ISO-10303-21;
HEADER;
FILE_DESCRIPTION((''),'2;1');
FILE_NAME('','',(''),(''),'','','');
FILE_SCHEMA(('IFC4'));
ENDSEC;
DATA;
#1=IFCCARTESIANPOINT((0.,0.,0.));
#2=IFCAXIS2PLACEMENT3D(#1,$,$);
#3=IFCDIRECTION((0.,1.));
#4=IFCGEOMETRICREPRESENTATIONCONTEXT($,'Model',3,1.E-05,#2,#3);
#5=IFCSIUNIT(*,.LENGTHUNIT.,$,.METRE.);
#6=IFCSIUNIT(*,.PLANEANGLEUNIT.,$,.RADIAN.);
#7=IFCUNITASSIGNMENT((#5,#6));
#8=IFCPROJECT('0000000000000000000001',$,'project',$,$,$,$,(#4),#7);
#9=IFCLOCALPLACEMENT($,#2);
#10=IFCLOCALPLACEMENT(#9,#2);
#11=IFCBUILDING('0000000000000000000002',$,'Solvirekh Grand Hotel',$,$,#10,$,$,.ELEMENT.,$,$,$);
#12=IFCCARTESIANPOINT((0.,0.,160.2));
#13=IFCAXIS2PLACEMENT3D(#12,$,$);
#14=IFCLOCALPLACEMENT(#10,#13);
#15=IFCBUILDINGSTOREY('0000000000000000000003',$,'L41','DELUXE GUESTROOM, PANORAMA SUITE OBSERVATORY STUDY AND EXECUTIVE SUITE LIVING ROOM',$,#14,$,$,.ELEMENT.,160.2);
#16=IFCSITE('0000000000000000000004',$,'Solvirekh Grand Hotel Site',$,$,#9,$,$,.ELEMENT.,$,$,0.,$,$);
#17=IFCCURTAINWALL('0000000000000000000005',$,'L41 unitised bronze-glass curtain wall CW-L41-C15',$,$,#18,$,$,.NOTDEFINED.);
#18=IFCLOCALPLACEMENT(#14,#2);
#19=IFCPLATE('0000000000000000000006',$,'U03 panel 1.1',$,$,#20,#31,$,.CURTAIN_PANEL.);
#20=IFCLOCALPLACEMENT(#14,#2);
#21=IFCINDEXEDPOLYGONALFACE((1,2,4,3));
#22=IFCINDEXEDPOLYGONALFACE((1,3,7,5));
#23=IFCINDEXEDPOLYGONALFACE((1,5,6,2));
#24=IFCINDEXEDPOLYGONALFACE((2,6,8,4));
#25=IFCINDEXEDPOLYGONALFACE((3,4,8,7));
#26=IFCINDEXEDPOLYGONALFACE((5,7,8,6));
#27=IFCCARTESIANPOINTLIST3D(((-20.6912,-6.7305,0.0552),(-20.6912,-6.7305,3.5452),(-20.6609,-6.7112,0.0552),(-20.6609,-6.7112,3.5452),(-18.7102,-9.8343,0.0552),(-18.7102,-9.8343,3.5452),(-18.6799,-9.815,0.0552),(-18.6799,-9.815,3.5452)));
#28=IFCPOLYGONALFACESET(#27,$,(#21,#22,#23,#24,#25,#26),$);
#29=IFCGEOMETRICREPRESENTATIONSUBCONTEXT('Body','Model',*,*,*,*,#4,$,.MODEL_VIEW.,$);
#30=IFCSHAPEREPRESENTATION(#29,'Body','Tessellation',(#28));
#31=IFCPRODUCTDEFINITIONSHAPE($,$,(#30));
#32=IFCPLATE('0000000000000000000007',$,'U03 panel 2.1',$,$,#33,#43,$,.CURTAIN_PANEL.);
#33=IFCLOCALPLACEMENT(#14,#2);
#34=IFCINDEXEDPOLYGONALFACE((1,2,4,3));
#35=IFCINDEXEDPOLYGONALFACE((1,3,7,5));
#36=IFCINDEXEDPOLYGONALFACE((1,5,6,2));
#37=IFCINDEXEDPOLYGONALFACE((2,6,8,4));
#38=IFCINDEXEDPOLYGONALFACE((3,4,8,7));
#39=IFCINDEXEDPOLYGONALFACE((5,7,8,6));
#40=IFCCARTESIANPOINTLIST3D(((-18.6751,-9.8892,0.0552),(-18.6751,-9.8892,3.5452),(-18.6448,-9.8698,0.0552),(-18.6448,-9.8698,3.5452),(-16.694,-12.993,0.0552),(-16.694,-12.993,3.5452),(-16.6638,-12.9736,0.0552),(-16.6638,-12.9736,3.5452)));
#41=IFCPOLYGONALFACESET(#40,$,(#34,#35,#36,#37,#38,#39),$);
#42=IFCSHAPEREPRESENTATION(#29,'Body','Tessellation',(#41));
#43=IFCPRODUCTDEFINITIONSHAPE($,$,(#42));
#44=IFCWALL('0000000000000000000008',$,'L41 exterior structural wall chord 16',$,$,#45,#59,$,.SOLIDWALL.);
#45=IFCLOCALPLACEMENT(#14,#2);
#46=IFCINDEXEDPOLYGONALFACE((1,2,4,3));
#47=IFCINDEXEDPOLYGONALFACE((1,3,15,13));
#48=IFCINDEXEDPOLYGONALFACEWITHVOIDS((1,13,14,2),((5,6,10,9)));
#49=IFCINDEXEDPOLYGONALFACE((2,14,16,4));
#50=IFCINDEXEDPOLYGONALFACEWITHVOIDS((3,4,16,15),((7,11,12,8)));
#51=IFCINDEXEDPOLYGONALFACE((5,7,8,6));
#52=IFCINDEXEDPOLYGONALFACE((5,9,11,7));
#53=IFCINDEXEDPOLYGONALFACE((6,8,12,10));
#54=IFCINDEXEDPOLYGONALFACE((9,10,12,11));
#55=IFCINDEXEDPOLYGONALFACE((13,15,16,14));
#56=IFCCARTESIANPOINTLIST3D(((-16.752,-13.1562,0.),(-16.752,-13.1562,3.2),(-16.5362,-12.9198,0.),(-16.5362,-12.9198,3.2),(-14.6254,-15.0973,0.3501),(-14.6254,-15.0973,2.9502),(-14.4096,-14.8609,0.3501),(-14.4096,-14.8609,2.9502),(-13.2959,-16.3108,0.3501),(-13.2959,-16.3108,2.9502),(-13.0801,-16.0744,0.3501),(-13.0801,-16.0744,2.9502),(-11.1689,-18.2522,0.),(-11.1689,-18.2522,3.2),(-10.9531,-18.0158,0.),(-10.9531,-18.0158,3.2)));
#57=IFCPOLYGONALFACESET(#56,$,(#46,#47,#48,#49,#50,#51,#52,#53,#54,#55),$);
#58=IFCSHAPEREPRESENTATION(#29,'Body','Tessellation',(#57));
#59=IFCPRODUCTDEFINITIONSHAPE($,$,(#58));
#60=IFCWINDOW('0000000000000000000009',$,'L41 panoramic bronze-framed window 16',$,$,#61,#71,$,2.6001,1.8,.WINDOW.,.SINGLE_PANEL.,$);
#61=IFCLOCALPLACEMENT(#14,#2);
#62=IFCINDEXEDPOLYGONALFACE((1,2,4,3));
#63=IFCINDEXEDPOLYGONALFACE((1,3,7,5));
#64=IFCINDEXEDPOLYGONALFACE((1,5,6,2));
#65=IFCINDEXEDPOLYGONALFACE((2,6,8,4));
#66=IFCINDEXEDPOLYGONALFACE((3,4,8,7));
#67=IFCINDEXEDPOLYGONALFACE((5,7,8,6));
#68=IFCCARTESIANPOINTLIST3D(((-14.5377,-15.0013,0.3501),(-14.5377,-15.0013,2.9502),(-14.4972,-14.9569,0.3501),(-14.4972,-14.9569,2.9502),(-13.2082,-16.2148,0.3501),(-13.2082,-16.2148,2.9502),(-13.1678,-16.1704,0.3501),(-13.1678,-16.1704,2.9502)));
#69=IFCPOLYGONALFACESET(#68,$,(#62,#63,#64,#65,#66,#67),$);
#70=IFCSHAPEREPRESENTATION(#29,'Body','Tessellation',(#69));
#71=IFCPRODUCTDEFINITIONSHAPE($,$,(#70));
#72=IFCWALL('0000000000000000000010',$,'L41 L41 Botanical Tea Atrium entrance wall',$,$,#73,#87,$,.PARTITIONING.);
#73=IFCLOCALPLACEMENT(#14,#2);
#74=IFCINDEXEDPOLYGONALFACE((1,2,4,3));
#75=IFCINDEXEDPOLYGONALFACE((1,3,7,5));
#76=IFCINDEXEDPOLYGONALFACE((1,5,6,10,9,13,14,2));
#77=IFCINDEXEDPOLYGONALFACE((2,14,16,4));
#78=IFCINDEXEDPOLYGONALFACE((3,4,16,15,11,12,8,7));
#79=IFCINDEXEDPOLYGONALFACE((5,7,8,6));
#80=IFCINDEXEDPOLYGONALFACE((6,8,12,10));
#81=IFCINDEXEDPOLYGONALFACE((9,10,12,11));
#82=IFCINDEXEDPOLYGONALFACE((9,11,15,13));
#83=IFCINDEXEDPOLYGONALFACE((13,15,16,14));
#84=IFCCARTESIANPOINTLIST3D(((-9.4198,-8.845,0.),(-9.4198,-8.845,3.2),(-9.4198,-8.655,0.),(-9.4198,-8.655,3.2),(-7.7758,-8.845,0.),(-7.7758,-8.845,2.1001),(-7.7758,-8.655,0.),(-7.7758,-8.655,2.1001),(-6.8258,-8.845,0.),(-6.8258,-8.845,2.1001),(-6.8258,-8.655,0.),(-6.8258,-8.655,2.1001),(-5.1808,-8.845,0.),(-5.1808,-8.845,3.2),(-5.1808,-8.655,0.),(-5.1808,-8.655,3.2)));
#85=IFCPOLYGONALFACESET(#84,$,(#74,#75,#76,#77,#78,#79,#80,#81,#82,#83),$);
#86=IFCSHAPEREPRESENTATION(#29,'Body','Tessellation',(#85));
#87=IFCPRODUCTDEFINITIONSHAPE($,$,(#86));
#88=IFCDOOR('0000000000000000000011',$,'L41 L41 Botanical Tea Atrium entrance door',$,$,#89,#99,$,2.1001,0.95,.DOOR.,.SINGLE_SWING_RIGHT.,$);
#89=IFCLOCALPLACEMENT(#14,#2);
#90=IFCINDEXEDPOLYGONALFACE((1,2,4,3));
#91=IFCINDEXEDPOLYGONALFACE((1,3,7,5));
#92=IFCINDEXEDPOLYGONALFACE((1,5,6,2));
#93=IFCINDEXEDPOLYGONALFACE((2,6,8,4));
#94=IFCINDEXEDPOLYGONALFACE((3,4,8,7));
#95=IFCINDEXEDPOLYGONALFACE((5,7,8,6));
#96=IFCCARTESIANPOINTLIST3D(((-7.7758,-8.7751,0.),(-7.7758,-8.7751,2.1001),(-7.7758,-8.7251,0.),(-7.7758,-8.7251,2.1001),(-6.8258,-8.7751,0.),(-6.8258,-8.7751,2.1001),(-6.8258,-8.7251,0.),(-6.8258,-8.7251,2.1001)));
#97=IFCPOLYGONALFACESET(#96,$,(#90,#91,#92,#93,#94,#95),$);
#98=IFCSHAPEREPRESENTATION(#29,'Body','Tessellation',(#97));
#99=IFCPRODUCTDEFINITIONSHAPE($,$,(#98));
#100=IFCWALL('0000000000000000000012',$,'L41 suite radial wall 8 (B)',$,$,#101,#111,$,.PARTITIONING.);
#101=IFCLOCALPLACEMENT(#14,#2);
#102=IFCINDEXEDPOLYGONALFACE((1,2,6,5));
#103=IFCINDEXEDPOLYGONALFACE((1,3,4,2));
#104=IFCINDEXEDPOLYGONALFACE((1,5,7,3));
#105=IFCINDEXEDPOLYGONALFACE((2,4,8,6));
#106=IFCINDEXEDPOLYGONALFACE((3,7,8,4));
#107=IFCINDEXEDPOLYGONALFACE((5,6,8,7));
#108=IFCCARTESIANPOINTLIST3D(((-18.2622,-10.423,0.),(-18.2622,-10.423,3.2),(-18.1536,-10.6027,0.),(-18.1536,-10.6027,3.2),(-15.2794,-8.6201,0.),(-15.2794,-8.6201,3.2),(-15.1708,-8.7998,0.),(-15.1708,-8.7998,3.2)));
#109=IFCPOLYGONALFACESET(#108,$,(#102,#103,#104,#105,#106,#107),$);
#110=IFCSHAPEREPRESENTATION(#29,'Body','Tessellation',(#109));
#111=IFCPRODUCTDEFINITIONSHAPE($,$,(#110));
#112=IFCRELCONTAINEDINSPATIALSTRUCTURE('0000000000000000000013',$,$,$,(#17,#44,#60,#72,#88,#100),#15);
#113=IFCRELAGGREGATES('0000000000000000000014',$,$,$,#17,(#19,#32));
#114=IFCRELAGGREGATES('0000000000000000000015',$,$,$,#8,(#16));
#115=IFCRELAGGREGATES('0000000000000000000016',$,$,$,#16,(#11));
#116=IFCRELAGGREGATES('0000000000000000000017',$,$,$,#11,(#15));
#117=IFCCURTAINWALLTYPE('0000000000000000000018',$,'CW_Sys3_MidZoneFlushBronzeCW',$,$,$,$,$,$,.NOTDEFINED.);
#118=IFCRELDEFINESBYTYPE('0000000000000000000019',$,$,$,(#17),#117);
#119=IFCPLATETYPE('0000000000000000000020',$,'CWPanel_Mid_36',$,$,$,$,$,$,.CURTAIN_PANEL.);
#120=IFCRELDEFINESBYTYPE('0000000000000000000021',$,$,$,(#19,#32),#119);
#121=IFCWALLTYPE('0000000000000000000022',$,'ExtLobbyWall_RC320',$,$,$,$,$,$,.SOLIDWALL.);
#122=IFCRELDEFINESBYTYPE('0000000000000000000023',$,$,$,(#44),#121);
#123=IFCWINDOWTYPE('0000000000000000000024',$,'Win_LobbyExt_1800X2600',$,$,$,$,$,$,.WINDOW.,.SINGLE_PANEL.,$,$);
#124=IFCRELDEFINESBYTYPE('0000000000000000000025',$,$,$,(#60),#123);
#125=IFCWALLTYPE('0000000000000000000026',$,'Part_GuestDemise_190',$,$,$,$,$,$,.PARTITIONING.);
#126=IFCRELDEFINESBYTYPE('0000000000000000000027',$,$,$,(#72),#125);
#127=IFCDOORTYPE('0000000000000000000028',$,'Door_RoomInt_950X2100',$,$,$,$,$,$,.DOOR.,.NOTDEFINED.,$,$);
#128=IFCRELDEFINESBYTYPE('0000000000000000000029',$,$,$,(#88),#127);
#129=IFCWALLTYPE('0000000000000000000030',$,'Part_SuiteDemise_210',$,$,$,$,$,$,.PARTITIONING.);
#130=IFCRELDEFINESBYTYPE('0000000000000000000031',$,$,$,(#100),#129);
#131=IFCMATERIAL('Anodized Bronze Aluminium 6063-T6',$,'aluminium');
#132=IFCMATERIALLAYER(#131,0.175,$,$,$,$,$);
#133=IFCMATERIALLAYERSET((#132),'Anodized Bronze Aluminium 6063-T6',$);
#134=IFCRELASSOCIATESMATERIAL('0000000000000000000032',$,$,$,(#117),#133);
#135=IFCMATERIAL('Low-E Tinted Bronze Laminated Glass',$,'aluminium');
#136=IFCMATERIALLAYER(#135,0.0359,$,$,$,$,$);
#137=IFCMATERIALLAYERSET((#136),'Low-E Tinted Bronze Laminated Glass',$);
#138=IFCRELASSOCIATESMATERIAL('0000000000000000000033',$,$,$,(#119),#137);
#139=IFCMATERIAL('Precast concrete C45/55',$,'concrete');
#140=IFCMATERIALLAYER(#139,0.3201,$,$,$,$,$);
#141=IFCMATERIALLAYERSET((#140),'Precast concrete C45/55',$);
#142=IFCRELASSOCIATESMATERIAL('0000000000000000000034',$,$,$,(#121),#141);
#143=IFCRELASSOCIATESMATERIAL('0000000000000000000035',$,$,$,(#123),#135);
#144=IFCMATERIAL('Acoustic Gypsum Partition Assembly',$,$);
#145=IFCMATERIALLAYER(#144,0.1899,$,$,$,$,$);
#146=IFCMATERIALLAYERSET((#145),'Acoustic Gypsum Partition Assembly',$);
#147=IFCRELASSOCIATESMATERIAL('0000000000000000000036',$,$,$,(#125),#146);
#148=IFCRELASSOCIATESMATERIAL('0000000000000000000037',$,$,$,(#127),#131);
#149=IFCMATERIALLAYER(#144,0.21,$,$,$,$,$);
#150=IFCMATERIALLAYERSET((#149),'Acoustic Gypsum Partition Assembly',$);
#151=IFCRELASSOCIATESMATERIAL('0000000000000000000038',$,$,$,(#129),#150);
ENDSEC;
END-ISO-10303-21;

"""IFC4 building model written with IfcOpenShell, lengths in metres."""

from ifc_helpers import new_model, si_unit, direction, frame, frame_2d, origin, origin_2d, place, context, subcontext, project, spatial, rectangle, extrude, source, transform, mapped, material, layer, layer_set, type_object, element, fill, aggregate, save


model = new_model("IFC4")

# Units and contexts
model_context = context("Model", 3, precision=1e-05, world=origin(), true_north=direction((0.0, 1.0)))
body_context = subcontext(model_context, "Body", "Model", "MODEL_VIEW")
ifc_project = project(units=[si_unit("LENGTHUNIT", "METRE"), si_unit("PLANEANGLEUNIT", "RADIAN")], contexts=[model_context])

# Site, building, storey
site_placement = place(None, origin())
site = spatial("IfcSite", under=ifc_project, at=site_placement, Name="Solvirekh Grand Hotel Site", CompositionType="ELEMENT", RefElevation=0.0)
building_placement = place(site_placement, origin())
building = spatial("IfcBuilding", under=site, at=building_placement, Name="Solvirekh Grand Hotel", CompositionType="ELEMENT")
storey_placement = place(building_placement, frame((0.0, 0.0, 160.2)))
storey = spatial("IfcBuildingStorey", under=building, at=storey_placement, Name="L41", Description="DELUXE GUESTROOM, PANORAMA SUITE OBSERVATORY STUDY AND EXECUTIVE SUITE LIVING ROOM", CompositionType="ELEMENT", Elevation=160.2)

# Curtain wall, plates
ifc_material_1 = material(Name="Anodized Bronze Aluminium 6063-T6", Category="aluminium")
ifc_layer_1 = layer(ifc_material_1, 0.175)
ifc_layer_set_1 = layer_set([ifc_layer_1], Name="Anodized Bronze Aluminium 6063-T6")
curtain_wall_type = type_object("IfcCurtainWallType", Name="CW_Sys3_MidZoneFlushBronzeCW", PredefinedType="NOTDEFINED", material=ifc_layer_set_1)
curtain_wall_placement = place(storey_placement, origin())
curtain_wall = element("IfcCurtainWall", 1, at=curtain_wall_placement, inside=storey, type_object=curtain_wall_type, Name="L41 unitised bronze-glass curtain wall CW-L41-C15", PredefinedType="NOTDEFINED")
ifc_material_2 = material(Name="Low-E Tinted Bronze Laminated Glass", Category="aluminium")
ifc_layer_2 = layer(ifc_material_2, 0.0359)
ifc_layer_set_2 = layer_set([ifc_layer_2], Name="Low-E Tinted Bronze Laminated Glass")
plate_type = type_object("IfcPlateType", Name="CWPanel_Mid_36", PredefinedType="CURTAIN_PANEL", material=ifc_layer_set_2)
shared_shape_1 = source(origin(), body_context, "Body", "SweptSolid", [
    extrude(rectangle(XDim=3.6821, YDim=0.0359, at=origin_2d()), origin(), (0.0, 0.0, 1.0), 3.49),
])
plate_1_placement = place(storey_placement, frame((-19.6855, -8.2727, 0.0552), z_axis=(0.0, 0.0, 1.0), x_axis=(0.538013, -0.842936, 0.0)))
plate_1 = element("IfcPlate", 2, at=plate_1_placement, type_object=plate_type, Name="U03 panel 1.1", PredefinedType="CURTAIN_PANEL", context=body_context, shape_type="MappedRepresentation", body=[
    mapped(shared_shape_1, transform((0.0, 0.0, 0.0), x_axis=(1.0, 0.0, 0.0), y_axis=(0.0, 1.0, 0.0), z_axis=(0.0, 0.0, 1.0), scale=1.0)),
])
plate_2_placement = place(storey_placement, frame((-17.6694, -11.4314, 0.0552), z_axis=(0.0, 0.0, 1.0), x_axis=(0.538013, -0.842936, 0.0)))
plate_2 = element("IfcPlate", 3, at=plate_2_placement, type_object=plate_type, Name="U03 panel 2.1", PredefinedType="CURTAIN_PANEL", context=body_context, shape_type="MappedRepresentation", body=[
    mapped(shared_shape_1, transform((0.0, 0.0, 0.0), x_axis=(1.0, 0.0, 0.0), y_axis=(0.0, 1.0, 0.0), z_axis=(0.0, 0.0, 1.0), scale=1.0)),
])
aggregate(curtain_wall, [plate_1, plate_2])

# Wall, opening, window
ifc_material_3 = material(Name="Precast concrete C45/55", Category="concrete")
ifc_layer_3 = layer(ifc_material_3, 0.3201)
ifc_layer_set_3 = layer_set([ifc_layer_3], Name="Precast concrete C45/55")
wall_type_1 = type_object("IfcWallType", Name="ExtLobbyWall_RC320", PredefinedType="SOLIDWALL", material=ifc_layer_set_3)
wall_1_placement = place(storey_placement, frame((-11.061, -18.134, 0.0), z_axis=(0.0, 0.0, 1.0), x_axis=(-0.73859, 0.674155, 0.0)))
wall_1 = element("IfcWall", 4, at=wall_1_placement, inside=storey, type_object=wall_type_1, Name="L41 exterior structural wall chord 16", PredefinedType="SOLIDWALL", context=body_context, shape_type="SweptSolid", body=[
    extrude(rectangle(XDim=7.5591, YDim=0.3201, at=frame_2d((3.7795, 0.0))), origin(), (0.0, 0.0, 1.0), 3.2),
])
opening_1_placement = place(wall_1_placement, frame((2.8799, 0.0, 0.3501)))
opening_1 = element("IfcOpeningElement", 5, at=opening_1_placement, cuts=wall_1, PredefinedType="OPENING", context=body_context, shape_type="SweptSolid", body=[
    extrude(rectangle(XDim=1.8, YDim=2.6001, at=frame_2d((0.8999, 1.3))), frame((0.0, 0.1699, 0.0), z_axis=(0.0, -1.0, 0.0), x_axis=(1.0, 0.0, 0.0)), (0.0, 0.0, 1.0), 0.3401),
])
window_type = type_object("IfcWindowType", Name="Win_LobbyExt_1800X2600", PartitioningType="SINGLE_PANEL", PredefinedType="WINDOW", material=ifc_material_2)
window_placement = place(opening_1_placement, origin())
window = element("IfcWindow", 6, at=window_placement, inside=storey, type_object=window_type, Name="L41 panoramic bronze-framed window 16", OverallHeight=2.6001, OverallWidth=1.8, PartitioningType="SINGLE_PANEL", PredefinedType="WINDOW", context=body_context, shape_type="SweptSolid", body=[
    extrude(rectangle(XDim=1.8, YDim=2.6001, at=frame_2d((0.8999, 1.3))), frame((0.0, 0.03, 0.0), z_axis=(0.0, -1.0, 0.0), x_axis=(1.0, 0.0, 0.0)), (0.0, 0.0, 1.0), 0.0601),
])
fill(opening_1, window)

# Wall, opening, door
ifc_material_4 = material(Name="Acoustic Gypsum Partition Assembly")
ifc_layer_4 = layer(ifc_material_4, 0.1899)
ifc_layer_set_4 = layer_set([ifc_layer_4], Name="Acoustic Gypsum Partition Assembly")
wall_type_2 = type_object("IfcWallType", Name="Part_GuestDemise_190", PredefinedType="PARTITIONING", material=ifc_layer_set_4)
wall_2_placement = place(storey_placement, frame((-9.4199, -8.75, 0.0), z_axis=(0.0, 0.0, 1.0), x_axis=(1.0, 0.0, 0.0)))
wall_2 = element("IfcWall", 7, at=wall_2_placement, inside=storey, type_object=wall_type_2, Name="L41 L41 Botanical Tea Atrium entrance wall", PredefinedType="PARTITIONING", context=body_context, shape_type="SweptSolid", body=[
    extrude(rectangle(XDim=4.239, YDim=0.1899, at=frame_2d((2.1196, 0.0))), origin(), (0.0, 0.0, 1.0), 3.2),
])
opening_2_placement = place(wall_2_placement, frame((1.644, 0.0, 0.0)))
opening_2 = element("IfcOpeningElement", 8, at=opening_2_placement, cuts=wall_2, PredefinedType="OPENING", context=body_context, shape_type="SweptSolid", body=[
    extrude(rectangle(XDim=0.95, YDim=2.1001, at=frame_2d((0.4751, 1.05))), frame((0.0, 0.105, 0.0), z_axis=(0.0, -1.0, 0.0), x_axis=(1.0, 0.0, 0.0)), (0.0, 0.0, 1.0), 0.21),
])
door_type = type_object("IfcDoorType", Name="Door_RoomInt_950X2100", OperationType="NOTDEFINED", PredefinedType="DOOR", material=ifc_material_1)
door_placement = place(opening_2_placement, origin())
door = element("IfcDoor", 9, at=door_placement, inside=storey, type_object=door_type, Name="L41 L41 Botanical Tea Atrium entrance door", OperationType="SINGLE_SWING_RIGHT", OverallHeight=2.1001, OverallWidth=0.95, PredefinedType="DOOR", context=body_context, shape_type="SweptSolid", body=[
    extrude(rectangle(XDim=0.95, YDim=2.1001, at=frame_2d((0.4751, 1.05))), frame((0.0, 0.0249, 0.0), z_axis=(0.0, -1.0, 0.0), x_axis=(1.0, 0.0, 0.0)), (0.0, 0.0, 1.0), 0.05),
])
fill(opening_2, door)

# Wall
ifc_layer_5 = layer(ifc_material_4, 0.21)
ifc_layer_set_5 = layer_set([ifc_layer_5], Name="Acoustic Gypsum Partition Assembly")
wall_type_3 = type_object("IfcWallType", Name="Part_SuiteDemise_210", PredefinedType="PARTITIONING", material=ifc_layer_set_5)
wall_3_placement = place(storey_placement, frame((-15.2251, -8.71, 0.0), z_axis=(0.0, 0.0, 1.0), x_axis=(-0.855813, -0.517285, 0.0)))
element("IfcWall", 10, at=wall_3_placement, inside=storey, type_object=wall_type_3, Name="L41 suite radial wall 8 (B)", PredefinedType="PARTITIONING", context=body_context, shape_type="SweptSolid", body=[
    extrude(rectangle(XDim=3.4854, YDim=0.21, at=frame_2d((1.7427, 0.0))), origin(), (0.0, 0.0, 1.0), 3.2),
])

save(model, "model.ifc")
